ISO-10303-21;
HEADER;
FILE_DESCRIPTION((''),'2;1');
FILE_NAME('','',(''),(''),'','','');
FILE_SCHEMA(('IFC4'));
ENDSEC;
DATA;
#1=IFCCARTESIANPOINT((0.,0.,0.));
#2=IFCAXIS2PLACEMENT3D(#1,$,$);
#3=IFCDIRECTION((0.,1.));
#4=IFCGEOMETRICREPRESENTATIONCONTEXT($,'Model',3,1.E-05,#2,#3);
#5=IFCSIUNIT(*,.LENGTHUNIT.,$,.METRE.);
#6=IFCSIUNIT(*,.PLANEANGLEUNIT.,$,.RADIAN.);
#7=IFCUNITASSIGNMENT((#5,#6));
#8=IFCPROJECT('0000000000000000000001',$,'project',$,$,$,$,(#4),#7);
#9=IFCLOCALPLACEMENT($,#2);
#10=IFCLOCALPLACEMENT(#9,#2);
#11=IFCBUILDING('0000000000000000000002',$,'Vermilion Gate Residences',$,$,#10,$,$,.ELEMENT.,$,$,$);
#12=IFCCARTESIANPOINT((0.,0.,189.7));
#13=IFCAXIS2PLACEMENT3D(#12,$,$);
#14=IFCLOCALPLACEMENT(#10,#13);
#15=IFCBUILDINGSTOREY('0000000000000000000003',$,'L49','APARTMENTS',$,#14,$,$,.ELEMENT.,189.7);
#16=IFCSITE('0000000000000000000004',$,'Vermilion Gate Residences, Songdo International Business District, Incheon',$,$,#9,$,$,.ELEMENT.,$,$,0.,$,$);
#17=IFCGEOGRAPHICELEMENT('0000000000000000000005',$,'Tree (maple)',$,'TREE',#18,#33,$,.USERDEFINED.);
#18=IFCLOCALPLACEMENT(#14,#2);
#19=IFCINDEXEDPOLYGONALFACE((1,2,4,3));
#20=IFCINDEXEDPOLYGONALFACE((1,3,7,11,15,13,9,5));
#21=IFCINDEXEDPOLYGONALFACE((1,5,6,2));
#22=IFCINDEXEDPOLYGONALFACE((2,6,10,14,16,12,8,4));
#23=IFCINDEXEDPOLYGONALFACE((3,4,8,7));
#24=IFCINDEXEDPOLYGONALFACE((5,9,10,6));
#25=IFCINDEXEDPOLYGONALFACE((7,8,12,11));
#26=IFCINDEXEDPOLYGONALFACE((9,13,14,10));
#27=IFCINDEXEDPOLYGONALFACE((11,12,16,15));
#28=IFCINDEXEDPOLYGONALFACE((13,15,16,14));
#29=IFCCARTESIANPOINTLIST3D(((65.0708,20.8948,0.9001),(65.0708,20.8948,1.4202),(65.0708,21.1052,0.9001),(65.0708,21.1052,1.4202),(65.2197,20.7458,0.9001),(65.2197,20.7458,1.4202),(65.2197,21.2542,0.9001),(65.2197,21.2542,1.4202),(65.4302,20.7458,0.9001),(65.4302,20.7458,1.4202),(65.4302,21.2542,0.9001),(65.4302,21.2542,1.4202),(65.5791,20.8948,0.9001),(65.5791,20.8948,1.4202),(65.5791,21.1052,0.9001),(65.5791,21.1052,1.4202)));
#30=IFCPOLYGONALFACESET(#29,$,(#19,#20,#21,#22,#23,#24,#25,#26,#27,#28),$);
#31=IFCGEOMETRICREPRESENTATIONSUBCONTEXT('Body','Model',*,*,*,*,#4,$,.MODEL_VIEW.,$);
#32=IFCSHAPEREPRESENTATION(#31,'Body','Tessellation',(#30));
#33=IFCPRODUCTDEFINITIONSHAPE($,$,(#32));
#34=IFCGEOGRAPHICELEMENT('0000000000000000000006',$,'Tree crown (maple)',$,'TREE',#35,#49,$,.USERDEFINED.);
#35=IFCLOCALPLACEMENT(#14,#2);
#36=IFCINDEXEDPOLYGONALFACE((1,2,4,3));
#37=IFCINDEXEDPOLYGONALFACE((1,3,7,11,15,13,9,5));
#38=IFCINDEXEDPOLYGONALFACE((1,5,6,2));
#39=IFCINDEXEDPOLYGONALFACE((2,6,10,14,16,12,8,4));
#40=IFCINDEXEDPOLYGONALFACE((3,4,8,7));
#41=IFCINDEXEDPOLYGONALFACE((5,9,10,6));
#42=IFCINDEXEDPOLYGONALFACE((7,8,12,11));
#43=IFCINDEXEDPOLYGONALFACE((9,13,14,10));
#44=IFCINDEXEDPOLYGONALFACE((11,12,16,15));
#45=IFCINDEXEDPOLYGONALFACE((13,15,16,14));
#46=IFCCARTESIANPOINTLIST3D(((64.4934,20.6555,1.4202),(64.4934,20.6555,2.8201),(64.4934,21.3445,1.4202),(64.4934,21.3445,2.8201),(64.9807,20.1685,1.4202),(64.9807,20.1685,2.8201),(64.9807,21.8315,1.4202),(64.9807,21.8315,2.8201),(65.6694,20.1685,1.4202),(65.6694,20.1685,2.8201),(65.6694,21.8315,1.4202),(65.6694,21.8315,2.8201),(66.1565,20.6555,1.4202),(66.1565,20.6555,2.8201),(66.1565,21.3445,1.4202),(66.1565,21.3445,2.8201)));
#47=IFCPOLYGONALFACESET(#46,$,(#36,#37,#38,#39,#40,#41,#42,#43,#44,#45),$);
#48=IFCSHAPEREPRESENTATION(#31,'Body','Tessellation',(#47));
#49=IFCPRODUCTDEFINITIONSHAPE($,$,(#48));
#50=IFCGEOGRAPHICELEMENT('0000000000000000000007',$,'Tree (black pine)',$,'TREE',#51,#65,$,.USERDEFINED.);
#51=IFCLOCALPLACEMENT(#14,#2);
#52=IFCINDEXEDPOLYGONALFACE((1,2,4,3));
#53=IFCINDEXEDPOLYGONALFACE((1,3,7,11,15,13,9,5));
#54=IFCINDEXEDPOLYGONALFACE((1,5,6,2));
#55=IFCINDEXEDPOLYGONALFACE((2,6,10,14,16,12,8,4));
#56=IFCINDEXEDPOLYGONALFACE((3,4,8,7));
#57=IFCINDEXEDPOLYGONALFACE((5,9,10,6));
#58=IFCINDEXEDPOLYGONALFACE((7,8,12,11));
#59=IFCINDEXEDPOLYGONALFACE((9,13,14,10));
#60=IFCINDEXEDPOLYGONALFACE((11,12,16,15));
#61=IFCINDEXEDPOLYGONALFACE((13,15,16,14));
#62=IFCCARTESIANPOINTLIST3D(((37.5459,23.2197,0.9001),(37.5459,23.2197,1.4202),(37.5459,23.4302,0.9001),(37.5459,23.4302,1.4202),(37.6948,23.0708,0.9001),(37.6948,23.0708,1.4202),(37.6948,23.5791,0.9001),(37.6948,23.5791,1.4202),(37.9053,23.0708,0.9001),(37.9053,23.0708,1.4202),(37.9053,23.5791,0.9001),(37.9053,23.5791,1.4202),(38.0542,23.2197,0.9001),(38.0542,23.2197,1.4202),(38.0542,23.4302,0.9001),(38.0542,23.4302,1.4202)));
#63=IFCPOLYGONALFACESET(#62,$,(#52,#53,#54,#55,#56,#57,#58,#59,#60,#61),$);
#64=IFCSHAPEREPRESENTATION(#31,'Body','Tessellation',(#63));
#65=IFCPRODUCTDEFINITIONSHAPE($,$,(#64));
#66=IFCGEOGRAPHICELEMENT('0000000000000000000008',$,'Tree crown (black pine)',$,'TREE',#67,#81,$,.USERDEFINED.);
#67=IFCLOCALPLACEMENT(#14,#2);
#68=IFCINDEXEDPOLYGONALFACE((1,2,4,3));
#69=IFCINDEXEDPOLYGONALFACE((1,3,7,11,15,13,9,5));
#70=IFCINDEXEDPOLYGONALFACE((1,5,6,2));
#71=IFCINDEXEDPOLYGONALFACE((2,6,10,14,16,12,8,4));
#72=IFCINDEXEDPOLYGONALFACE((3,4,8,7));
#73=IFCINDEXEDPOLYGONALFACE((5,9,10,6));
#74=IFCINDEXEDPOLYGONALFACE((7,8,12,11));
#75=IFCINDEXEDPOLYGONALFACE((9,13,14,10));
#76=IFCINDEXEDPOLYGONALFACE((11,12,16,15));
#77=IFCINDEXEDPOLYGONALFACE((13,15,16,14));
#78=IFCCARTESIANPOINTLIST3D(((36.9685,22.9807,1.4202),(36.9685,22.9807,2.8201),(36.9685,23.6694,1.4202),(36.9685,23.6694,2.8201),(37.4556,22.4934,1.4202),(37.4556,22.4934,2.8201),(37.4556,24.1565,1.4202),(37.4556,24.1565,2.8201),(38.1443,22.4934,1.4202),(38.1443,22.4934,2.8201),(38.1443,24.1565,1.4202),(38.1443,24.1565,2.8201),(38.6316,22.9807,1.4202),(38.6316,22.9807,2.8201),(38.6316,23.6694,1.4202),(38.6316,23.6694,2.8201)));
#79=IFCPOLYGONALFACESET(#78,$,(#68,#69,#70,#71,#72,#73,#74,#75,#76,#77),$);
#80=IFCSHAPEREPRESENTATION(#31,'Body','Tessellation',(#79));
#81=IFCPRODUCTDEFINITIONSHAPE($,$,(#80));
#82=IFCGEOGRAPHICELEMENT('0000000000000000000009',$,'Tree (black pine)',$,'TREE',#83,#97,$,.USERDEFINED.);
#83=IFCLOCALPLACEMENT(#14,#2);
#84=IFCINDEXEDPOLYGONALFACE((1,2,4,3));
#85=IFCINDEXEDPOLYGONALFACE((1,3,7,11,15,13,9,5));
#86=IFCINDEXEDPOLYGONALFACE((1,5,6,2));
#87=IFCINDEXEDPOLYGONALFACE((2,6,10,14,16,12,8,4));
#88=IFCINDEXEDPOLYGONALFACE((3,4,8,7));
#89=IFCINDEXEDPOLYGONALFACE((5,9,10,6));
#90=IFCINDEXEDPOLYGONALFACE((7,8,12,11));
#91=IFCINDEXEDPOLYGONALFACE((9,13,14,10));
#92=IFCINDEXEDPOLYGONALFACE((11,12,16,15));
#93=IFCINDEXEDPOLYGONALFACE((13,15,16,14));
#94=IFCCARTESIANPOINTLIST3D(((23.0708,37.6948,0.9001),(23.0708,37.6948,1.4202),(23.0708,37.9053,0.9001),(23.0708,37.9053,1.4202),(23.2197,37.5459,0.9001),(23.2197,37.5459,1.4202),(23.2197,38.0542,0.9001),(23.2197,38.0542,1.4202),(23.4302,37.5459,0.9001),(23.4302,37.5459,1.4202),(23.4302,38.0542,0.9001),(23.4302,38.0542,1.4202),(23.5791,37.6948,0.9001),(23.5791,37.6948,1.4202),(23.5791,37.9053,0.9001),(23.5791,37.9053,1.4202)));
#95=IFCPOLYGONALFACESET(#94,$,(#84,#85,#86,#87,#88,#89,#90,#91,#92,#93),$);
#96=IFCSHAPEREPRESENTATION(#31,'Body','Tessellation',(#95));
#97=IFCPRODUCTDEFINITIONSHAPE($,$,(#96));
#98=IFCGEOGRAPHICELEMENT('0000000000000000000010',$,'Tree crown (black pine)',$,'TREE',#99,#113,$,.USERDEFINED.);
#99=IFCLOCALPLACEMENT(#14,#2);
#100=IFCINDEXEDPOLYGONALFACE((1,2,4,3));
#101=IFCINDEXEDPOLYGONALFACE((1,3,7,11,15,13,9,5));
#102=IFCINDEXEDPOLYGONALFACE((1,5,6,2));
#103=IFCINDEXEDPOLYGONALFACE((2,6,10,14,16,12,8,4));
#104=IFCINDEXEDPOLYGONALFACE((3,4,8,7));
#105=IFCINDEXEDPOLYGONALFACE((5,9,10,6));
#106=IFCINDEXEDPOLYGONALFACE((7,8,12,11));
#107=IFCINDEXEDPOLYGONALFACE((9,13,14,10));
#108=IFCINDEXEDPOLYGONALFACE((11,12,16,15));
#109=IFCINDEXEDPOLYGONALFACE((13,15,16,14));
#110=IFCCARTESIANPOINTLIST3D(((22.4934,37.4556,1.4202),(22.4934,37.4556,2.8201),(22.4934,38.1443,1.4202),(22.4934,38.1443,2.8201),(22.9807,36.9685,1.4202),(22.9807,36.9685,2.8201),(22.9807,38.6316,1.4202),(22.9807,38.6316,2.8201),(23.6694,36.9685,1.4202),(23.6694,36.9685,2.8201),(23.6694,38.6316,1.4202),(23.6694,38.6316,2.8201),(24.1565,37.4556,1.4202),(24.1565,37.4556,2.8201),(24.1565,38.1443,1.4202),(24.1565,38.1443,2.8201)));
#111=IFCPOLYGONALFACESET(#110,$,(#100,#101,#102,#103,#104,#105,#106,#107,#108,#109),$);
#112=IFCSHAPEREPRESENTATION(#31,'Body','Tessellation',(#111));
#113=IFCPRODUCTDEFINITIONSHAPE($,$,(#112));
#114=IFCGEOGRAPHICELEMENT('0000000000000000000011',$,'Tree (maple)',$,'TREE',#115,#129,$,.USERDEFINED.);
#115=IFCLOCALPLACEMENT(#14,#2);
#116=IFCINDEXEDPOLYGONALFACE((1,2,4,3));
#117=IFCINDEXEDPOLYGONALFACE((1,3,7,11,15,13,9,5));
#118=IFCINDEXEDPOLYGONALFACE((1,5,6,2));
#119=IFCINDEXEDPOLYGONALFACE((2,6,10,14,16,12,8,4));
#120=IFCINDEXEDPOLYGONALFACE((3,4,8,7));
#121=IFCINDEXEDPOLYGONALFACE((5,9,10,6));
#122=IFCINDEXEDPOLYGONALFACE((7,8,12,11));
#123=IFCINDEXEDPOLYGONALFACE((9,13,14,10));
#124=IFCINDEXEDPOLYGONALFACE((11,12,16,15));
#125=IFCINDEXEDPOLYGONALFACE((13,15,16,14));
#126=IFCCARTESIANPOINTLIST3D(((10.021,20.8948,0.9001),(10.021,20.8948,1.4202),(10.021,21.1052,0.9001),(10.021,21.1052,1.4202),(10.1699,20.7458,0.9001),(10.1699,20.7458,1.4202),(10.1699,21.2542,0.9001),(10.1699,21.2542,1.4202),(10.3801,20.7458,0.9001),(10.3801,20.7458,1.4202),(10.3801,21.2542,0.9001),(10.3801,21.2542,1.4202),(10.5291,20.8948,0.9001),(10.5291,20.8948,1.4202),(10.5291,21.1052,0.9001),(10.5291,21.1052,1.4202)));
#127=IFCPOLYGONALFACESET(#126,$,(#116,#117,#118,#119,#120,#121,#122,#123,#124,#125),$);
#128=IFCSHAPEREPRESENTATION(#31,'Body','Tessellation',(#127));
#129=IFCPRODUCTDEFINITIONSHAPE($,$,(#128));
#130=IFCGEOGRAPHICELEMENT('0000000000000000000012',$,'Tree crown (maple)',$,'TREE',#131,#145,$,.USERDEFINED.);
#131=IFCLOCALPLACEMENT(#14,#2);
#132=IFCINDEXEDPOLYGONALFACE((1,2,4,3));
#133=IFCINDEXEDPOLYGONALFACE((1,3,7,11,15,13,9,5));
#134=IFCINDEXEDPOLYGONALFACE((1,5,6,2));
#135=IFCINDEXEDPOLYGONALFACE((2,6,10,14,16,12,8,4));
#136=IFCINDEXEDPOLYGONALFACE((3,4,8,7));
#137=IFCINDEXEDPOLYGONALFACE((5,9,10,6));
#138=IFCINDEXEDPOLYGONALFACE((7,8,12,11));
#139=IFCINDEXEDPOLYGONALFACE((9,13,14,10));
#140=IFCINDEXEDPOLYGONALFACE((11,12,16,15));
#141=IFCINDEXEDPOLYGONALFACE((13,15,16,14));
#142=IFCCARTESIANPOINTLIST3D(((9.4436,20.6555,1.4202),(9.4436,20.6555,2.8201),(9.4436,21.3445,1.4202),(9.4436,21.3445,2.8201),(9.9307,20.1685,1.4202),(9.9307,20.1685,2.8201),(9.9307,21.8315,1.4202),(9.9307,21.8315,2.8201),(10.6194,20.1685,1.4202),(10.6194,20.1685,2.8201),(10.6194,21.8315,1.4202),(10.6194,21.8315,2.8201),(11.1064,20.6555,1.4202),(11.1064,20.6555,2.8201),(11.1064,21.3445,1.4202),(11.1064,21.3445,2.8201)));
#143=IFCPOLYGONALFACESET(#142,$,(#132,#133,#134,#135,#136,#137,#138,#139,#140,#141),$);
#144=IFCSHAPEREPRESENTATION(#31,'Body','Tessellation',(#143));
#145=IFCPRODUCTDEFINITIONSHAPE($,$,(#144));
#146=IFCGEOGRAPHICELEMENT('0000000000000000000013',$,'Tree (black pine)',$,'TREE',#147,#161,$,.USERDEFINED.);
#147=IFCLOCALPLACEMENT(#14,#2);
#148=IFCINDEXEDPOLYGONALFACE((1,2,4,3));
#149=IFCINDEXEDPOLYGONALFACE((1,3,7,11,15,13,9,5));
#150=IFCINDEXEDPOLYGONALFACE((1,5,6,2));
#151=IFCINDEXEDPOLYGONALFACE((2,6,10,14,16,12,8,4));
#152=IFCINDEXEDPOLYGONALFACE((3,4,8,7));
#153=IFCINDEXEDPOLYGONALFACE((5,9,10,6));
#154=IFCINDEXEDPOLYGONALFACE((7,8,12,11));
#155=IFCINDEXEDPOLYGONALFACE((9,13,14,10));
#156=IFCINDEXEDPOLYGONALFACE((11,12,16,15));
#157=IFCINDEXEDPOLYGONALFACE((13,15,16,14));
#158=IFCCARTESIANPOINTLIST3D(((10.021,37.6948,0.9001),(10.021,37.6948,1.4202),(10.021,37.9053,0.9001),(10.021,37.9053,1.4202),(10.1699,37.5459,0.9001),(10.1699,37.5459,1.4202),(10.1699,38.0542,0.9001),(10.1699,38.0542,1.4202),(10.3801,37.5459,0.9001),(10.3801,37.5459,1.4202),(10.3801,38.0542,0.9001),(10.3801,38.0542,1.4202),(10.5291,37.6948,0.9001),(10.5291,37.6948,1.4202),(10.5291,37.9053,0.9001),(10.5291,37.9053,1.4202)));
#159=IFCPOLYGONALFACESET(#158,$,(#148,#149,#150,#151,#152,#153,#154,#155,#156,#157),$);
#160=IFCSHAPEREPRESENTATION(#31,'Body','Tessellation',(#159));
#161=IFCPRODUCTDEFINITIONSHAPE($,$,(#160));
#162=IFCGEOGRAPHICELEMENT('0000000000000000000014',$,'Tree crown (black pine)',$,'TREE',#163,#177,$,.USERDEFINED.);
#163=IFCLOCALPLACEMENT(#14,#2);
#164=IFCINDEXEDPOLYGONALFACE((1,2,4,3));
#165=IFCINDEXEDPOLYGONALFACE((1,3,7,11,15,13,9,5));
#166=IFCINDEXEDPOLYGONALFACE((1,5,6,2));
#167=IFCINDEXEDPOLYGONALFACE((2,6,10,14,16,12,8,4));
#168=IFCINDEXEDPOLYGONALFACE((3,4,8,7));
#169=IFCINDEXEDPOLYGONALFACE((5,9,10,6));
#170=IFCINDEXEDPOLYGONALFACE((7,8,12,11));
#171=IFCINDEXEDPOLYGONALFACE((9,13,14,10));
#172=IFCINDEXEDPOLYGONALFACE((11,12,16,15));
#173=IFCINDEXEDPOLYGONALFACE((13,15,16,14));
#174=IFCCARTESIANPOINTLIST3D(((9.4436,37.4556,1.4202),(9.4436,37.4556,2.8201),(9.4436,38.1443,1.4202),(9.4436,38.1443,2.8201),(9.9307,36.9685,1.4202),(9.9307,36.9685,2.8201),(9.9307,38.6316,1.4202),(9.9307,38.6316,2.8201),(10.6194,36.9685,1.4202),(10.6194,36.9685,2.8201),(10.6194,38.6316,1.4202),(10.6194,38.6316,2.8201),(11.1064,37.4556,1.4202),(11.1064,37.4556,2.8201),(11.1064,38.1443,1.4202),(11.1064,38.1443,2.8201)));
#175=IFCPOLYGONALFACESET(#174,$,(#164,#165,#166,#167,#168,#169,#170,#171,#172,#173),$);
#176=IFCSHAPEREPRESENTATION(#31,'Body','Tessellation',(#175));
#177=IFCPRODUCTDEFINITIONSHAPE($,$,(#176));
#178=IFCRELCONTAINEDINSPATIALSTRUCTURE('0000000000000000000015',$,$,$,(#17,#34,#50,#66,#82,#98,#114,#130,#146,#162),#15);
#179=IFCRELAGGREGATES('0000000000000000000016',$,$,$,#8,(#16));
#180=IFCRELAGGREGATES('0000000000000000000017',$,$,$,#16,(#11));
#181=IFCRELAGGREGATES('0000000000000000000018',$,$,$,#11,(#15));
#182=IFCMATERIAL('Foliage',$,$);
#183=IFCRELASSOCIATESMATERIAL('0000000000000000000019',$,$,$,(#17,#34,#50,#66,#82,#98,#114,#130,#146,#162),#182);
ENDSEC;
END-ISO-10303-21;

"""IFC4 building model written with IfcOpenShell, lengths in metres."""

from ifc_helpers import new_model, si_unit, direction, frame, origin, place, context, subcontext, project, spatial, polyline, outline, extrude, material, element, save


model = new_model("IFC4")

# Units and contexts
model_context = context("Model", 3, precision=1e-05, world=origin(), true_north=direction((0.0, 1.0)))
body_context = subcontext(model_context, "Body", "Model", "MODEL_VIEW")
ifc_project = project(units=[si_unit("LENGTHUNIT", "METRE"), si_unit("PLANEANGLEUNIT", "RADIAN")], contexts=[model_context])

# Site, building, storey
site_placement = place(None, origin())
site = spatial("IfcSite", under=ifc_project, at=site_placement, Name="Vermilion Gate Residences, Songdo International Business District, Incheon", CompositionType="ELEMENT", RefElevation=0.0)
building_placement = place(site_placement, origin())
building = spatial("IfcBuilding", under=site, at=building_placement, Name="Vermilion Gate Residences", CompositionType="ELEMENT")
storey_placement = place(building_placement, frame((0.0, 0.0, 189.7)))
storey = spatial("IfcBuildingStorey", under=building, at=storey_placement, Name="L49", Description="APARTMENTS", CompositionType="ELEMENT", Elevation=189.7)

# Geographic elements
ifc_material_1 = material(Name="Foliage")
geographic_element_1_placement = place(storey_placement, frame((0.0, 0.0, 0.9001)))
element("IfcGeographicElement", 1, at=geographic_element_1_placement, inside=storey, material=ifc_material_1, Name="Tree (maple)", ObjectType="TREE", PredefinedType="USERDEFINED", context=body_context, shape_type="SweptSolid", body=[
    extrude(outline(polyline([(65.5791, 21.1052), (65.4302, 21.2542), (65.2197, 21.2542), (65.0708, 21.1052), (65.0708, 20.8948), (65.2197, 20.7458), (65.4302, 20.7458), (65.5791, 20.8948), (65.5791, 21.1052)])), origin(), (0.0, 0.0, 1.0), 0.52),
])
geographic_element_2_placement = place(storey_placement, frame((0.0, 0.0, 1.4202)))
element("IfcGeographicElement", 2, at=geographic_element_2_placement, inside=storey, material=ifc_material_1, Name="Tree crown (maple)", ObjectType="TREE", PredefinedType="USERDEFINED", context=body_context, shape_type="SweptSolid", body=[
    extrude(outline(polyline([(66.1565, 21.3445), (65.6694, 21.8315), (64.9807, 21.8315), (64.4934, 21.3445), (64.4934, 20.6555), (64.9807, 20.1685), (65.6694, 20.1685), (66.1565, 20.6555), (66.1565, 21.3445)])), origin(), (0.0, 0.0, 1.0), 1.3999),
])
geographic_element_3_placement = place(storey_placement, frame((0.0, 0.0, 0.9001)))
element("IfcGeographicElement", 3, at=geographic_element_3_placement, inside=storey, material=ifc_material_1, Name="Tree (black pine)", ObjectType="TREE", PredefinedType="USERDEFINED", context=body_context, shape_type="SweptSolid", body=[
    extrude(outline(polyline([(38.0542, 23.4302), (37.9053, 23.5791), (37.6948, 23.5791), (37.5459, 23.4302), (37.5459, 23.2197), (37.6948, 23.0708), (37.9053, 23.0708), (38.0542, 23.2197), (38.0542, 23.4302)])), origin(), (0.0, 0.0, 1.0), 0.52),
])
geographic_element_4_placement = place(storey_placement, frame((0.0, 0.0, 1.4202)))
element("IfcGeographicElement", 4, at=geographic_element_4_placement, inside=storey, material=ifc_material_1, Name="Tree crown (black pine)", ObjectType="TREE", PredefinedType="USERDEFINED", context=body_context, shape_type="SweptSolid", body=[
    extrude(outline(polyline([(38.6316, 23.6694), (38.1443, 24.1565), (37.4556, 24.1565), (36.9685, 23.6694), (36.9685, 22.9807), (37.4556, 22.4934), (38.1443, 22.4934), (38.6316, 22.9807), (38.6316, 23.6694)])), origin(), (0.0, 0.0, 1.0), 1.3999),
])
geographic_element_5_placement = place(storey_placement, frame((0.0, 0.0, 0.9001)))
element("IfcGeographicElement", 5, at=geographic_element_5_placement, inside=storey, material=ifc_material_1, Name="Tree (black pine)", ObjectType="TREE", PredefinedType="USERDEFINED", context=body_context, shape_type="SweptSolid", body=[
    extrude(outline(polyline([(23.5791, 37.9053), (23.4302, 38.0542), (23.2197, 38.0542), (23.0708, 37.9053), (23.0708, 37.6948), (23.2197, 37.5459), (23.4302, 37.5459), (23.5791, 37.6948), (23.5791, 37.9053)])), origin(), (0.0, 0.0, 1.0), 0.52),
])
geographic_element_6_placement = place(storey_placement, frame((0.0, 0.0, 1.4202)))
element("IfcGeographicElement", 6, at=geographic_element_6_placement, inside=storey, material=ifc_material_1, Name="Tree crown (black pine)", ObjectType="TREE", PredefinedType="USERDEFINED", context=body_context, shape_type="SweptSolid", body=[
    extrude(outline(polyline([(24.1565, 38.1443), (23.6694, 38.6316), (22.9807, 38.6316), (22.4934, 38.1443), (22.4934, 37.4556), (22.9807, 36.9685), (23.6694, 36.9685), (24.1565, 37.4556), (24.1565, 38.1443)])), origin(), (0.0, 0.0, 1.0), 1.3999),
])
geographic_element_7_placement = place(storey_placement, frame((0.0, 0.0, 0.9001)))
element("IfcGeographicElement", 7, at=geographic_element_7_placement, inside=storey, material=ifc_material_1, Name="Tree (maple)", ObjectType="TREE", PredefinedType="USERDEFINED", context=body_context, shape_type="SweptSolid", body=[
    extrude(outline(polyline([(10.5291, 21.1052), (10.3801, 21.2542), (10.1699, 21.2542), (10.021, 21.1052), (10.021, 20.8948), (10.1699, 20.7458), (10.3801, 20.7458), (10.5291, 20.8948), (10.5291, 21.1052)])), origin(), (0.0, 0.0, 1.0), 0.52),
])
geographic_element_8_placement = place(storey_placement, frame((0.0, 0.0, 1.4202)))
element("IfcGeographicElement", 8, at=geographic_element_8_placement, inside=storey, material=ifc_material_1, Name="Tree crown (maple)", ObjectType="TREE", PredefinedType="USERDEFINED", context=body_context, shape_type="SweptSolid", body=[
    extrude(outline(polyline([(11.1064, 21.3445), (10.6194, 21.8315), (9.9307, 21.8315), (9.4436, 21.3445), (9.4436, 20.6555), (9.9307, 20.1685), (10.6194, 20.1685), (11.1064, 20.6555), (11.1064, 21.3445)])), origin(), (0.0, 0.0, 1.0), 1.3999),
])
geographic_element_9_placement = place(storey_placement, frame((0.0, 0.0, 0.9001)))
element("IfcGeographicElement", 9, at=geographic_element_9_placement, inside=storey, material=ifc_material_1, Name="Tree (black pine)", ObjectType="TREE", PredefinedType="USERDEFINED", context=body_context, shape_type="SweptSolid", body=[
    extrude(outline(polyline([(10.5291, 37.9053), (10.3801, 38.0542), (10.1699, 38.0542), (10.021, 37.9053), (10.021, 37.6948), (10.1699, 37.5459), (10.3801, 37.5459), (10.5291, 37.6948), (10.5291, 37.9053)])), origin(), (0.0, 0.0, 1.0), 0.52),
])
geographic_element_10_placement = place(storey_placement, frame((0.0, 0.0, 1.4202)))
element("IfcGeographicElement", 10, at=geographic_element_10_placement, inside=storey, material=ifc_material_1, Name="Tree crown (black pine)", ObjectType="TREE", PredefinedType="USERDEFINED", context=body_context, shape_type="SweptSolid", body=[
    extrude(outline(polyline([(11.1064, 38.1443), (10.6194, 38.6316), (9.9307, 38.6316), (9.4436, 38.1443), (9.4436, 37.4556), (9.9307, 36.9685), (10.6194, 36.9685), (11.1064, 37.4556), (11.1064, 38.1443)])), origin(), (0.0, 0.0, 1.0), 1.3999),
])

save(model, "model.ifc")
